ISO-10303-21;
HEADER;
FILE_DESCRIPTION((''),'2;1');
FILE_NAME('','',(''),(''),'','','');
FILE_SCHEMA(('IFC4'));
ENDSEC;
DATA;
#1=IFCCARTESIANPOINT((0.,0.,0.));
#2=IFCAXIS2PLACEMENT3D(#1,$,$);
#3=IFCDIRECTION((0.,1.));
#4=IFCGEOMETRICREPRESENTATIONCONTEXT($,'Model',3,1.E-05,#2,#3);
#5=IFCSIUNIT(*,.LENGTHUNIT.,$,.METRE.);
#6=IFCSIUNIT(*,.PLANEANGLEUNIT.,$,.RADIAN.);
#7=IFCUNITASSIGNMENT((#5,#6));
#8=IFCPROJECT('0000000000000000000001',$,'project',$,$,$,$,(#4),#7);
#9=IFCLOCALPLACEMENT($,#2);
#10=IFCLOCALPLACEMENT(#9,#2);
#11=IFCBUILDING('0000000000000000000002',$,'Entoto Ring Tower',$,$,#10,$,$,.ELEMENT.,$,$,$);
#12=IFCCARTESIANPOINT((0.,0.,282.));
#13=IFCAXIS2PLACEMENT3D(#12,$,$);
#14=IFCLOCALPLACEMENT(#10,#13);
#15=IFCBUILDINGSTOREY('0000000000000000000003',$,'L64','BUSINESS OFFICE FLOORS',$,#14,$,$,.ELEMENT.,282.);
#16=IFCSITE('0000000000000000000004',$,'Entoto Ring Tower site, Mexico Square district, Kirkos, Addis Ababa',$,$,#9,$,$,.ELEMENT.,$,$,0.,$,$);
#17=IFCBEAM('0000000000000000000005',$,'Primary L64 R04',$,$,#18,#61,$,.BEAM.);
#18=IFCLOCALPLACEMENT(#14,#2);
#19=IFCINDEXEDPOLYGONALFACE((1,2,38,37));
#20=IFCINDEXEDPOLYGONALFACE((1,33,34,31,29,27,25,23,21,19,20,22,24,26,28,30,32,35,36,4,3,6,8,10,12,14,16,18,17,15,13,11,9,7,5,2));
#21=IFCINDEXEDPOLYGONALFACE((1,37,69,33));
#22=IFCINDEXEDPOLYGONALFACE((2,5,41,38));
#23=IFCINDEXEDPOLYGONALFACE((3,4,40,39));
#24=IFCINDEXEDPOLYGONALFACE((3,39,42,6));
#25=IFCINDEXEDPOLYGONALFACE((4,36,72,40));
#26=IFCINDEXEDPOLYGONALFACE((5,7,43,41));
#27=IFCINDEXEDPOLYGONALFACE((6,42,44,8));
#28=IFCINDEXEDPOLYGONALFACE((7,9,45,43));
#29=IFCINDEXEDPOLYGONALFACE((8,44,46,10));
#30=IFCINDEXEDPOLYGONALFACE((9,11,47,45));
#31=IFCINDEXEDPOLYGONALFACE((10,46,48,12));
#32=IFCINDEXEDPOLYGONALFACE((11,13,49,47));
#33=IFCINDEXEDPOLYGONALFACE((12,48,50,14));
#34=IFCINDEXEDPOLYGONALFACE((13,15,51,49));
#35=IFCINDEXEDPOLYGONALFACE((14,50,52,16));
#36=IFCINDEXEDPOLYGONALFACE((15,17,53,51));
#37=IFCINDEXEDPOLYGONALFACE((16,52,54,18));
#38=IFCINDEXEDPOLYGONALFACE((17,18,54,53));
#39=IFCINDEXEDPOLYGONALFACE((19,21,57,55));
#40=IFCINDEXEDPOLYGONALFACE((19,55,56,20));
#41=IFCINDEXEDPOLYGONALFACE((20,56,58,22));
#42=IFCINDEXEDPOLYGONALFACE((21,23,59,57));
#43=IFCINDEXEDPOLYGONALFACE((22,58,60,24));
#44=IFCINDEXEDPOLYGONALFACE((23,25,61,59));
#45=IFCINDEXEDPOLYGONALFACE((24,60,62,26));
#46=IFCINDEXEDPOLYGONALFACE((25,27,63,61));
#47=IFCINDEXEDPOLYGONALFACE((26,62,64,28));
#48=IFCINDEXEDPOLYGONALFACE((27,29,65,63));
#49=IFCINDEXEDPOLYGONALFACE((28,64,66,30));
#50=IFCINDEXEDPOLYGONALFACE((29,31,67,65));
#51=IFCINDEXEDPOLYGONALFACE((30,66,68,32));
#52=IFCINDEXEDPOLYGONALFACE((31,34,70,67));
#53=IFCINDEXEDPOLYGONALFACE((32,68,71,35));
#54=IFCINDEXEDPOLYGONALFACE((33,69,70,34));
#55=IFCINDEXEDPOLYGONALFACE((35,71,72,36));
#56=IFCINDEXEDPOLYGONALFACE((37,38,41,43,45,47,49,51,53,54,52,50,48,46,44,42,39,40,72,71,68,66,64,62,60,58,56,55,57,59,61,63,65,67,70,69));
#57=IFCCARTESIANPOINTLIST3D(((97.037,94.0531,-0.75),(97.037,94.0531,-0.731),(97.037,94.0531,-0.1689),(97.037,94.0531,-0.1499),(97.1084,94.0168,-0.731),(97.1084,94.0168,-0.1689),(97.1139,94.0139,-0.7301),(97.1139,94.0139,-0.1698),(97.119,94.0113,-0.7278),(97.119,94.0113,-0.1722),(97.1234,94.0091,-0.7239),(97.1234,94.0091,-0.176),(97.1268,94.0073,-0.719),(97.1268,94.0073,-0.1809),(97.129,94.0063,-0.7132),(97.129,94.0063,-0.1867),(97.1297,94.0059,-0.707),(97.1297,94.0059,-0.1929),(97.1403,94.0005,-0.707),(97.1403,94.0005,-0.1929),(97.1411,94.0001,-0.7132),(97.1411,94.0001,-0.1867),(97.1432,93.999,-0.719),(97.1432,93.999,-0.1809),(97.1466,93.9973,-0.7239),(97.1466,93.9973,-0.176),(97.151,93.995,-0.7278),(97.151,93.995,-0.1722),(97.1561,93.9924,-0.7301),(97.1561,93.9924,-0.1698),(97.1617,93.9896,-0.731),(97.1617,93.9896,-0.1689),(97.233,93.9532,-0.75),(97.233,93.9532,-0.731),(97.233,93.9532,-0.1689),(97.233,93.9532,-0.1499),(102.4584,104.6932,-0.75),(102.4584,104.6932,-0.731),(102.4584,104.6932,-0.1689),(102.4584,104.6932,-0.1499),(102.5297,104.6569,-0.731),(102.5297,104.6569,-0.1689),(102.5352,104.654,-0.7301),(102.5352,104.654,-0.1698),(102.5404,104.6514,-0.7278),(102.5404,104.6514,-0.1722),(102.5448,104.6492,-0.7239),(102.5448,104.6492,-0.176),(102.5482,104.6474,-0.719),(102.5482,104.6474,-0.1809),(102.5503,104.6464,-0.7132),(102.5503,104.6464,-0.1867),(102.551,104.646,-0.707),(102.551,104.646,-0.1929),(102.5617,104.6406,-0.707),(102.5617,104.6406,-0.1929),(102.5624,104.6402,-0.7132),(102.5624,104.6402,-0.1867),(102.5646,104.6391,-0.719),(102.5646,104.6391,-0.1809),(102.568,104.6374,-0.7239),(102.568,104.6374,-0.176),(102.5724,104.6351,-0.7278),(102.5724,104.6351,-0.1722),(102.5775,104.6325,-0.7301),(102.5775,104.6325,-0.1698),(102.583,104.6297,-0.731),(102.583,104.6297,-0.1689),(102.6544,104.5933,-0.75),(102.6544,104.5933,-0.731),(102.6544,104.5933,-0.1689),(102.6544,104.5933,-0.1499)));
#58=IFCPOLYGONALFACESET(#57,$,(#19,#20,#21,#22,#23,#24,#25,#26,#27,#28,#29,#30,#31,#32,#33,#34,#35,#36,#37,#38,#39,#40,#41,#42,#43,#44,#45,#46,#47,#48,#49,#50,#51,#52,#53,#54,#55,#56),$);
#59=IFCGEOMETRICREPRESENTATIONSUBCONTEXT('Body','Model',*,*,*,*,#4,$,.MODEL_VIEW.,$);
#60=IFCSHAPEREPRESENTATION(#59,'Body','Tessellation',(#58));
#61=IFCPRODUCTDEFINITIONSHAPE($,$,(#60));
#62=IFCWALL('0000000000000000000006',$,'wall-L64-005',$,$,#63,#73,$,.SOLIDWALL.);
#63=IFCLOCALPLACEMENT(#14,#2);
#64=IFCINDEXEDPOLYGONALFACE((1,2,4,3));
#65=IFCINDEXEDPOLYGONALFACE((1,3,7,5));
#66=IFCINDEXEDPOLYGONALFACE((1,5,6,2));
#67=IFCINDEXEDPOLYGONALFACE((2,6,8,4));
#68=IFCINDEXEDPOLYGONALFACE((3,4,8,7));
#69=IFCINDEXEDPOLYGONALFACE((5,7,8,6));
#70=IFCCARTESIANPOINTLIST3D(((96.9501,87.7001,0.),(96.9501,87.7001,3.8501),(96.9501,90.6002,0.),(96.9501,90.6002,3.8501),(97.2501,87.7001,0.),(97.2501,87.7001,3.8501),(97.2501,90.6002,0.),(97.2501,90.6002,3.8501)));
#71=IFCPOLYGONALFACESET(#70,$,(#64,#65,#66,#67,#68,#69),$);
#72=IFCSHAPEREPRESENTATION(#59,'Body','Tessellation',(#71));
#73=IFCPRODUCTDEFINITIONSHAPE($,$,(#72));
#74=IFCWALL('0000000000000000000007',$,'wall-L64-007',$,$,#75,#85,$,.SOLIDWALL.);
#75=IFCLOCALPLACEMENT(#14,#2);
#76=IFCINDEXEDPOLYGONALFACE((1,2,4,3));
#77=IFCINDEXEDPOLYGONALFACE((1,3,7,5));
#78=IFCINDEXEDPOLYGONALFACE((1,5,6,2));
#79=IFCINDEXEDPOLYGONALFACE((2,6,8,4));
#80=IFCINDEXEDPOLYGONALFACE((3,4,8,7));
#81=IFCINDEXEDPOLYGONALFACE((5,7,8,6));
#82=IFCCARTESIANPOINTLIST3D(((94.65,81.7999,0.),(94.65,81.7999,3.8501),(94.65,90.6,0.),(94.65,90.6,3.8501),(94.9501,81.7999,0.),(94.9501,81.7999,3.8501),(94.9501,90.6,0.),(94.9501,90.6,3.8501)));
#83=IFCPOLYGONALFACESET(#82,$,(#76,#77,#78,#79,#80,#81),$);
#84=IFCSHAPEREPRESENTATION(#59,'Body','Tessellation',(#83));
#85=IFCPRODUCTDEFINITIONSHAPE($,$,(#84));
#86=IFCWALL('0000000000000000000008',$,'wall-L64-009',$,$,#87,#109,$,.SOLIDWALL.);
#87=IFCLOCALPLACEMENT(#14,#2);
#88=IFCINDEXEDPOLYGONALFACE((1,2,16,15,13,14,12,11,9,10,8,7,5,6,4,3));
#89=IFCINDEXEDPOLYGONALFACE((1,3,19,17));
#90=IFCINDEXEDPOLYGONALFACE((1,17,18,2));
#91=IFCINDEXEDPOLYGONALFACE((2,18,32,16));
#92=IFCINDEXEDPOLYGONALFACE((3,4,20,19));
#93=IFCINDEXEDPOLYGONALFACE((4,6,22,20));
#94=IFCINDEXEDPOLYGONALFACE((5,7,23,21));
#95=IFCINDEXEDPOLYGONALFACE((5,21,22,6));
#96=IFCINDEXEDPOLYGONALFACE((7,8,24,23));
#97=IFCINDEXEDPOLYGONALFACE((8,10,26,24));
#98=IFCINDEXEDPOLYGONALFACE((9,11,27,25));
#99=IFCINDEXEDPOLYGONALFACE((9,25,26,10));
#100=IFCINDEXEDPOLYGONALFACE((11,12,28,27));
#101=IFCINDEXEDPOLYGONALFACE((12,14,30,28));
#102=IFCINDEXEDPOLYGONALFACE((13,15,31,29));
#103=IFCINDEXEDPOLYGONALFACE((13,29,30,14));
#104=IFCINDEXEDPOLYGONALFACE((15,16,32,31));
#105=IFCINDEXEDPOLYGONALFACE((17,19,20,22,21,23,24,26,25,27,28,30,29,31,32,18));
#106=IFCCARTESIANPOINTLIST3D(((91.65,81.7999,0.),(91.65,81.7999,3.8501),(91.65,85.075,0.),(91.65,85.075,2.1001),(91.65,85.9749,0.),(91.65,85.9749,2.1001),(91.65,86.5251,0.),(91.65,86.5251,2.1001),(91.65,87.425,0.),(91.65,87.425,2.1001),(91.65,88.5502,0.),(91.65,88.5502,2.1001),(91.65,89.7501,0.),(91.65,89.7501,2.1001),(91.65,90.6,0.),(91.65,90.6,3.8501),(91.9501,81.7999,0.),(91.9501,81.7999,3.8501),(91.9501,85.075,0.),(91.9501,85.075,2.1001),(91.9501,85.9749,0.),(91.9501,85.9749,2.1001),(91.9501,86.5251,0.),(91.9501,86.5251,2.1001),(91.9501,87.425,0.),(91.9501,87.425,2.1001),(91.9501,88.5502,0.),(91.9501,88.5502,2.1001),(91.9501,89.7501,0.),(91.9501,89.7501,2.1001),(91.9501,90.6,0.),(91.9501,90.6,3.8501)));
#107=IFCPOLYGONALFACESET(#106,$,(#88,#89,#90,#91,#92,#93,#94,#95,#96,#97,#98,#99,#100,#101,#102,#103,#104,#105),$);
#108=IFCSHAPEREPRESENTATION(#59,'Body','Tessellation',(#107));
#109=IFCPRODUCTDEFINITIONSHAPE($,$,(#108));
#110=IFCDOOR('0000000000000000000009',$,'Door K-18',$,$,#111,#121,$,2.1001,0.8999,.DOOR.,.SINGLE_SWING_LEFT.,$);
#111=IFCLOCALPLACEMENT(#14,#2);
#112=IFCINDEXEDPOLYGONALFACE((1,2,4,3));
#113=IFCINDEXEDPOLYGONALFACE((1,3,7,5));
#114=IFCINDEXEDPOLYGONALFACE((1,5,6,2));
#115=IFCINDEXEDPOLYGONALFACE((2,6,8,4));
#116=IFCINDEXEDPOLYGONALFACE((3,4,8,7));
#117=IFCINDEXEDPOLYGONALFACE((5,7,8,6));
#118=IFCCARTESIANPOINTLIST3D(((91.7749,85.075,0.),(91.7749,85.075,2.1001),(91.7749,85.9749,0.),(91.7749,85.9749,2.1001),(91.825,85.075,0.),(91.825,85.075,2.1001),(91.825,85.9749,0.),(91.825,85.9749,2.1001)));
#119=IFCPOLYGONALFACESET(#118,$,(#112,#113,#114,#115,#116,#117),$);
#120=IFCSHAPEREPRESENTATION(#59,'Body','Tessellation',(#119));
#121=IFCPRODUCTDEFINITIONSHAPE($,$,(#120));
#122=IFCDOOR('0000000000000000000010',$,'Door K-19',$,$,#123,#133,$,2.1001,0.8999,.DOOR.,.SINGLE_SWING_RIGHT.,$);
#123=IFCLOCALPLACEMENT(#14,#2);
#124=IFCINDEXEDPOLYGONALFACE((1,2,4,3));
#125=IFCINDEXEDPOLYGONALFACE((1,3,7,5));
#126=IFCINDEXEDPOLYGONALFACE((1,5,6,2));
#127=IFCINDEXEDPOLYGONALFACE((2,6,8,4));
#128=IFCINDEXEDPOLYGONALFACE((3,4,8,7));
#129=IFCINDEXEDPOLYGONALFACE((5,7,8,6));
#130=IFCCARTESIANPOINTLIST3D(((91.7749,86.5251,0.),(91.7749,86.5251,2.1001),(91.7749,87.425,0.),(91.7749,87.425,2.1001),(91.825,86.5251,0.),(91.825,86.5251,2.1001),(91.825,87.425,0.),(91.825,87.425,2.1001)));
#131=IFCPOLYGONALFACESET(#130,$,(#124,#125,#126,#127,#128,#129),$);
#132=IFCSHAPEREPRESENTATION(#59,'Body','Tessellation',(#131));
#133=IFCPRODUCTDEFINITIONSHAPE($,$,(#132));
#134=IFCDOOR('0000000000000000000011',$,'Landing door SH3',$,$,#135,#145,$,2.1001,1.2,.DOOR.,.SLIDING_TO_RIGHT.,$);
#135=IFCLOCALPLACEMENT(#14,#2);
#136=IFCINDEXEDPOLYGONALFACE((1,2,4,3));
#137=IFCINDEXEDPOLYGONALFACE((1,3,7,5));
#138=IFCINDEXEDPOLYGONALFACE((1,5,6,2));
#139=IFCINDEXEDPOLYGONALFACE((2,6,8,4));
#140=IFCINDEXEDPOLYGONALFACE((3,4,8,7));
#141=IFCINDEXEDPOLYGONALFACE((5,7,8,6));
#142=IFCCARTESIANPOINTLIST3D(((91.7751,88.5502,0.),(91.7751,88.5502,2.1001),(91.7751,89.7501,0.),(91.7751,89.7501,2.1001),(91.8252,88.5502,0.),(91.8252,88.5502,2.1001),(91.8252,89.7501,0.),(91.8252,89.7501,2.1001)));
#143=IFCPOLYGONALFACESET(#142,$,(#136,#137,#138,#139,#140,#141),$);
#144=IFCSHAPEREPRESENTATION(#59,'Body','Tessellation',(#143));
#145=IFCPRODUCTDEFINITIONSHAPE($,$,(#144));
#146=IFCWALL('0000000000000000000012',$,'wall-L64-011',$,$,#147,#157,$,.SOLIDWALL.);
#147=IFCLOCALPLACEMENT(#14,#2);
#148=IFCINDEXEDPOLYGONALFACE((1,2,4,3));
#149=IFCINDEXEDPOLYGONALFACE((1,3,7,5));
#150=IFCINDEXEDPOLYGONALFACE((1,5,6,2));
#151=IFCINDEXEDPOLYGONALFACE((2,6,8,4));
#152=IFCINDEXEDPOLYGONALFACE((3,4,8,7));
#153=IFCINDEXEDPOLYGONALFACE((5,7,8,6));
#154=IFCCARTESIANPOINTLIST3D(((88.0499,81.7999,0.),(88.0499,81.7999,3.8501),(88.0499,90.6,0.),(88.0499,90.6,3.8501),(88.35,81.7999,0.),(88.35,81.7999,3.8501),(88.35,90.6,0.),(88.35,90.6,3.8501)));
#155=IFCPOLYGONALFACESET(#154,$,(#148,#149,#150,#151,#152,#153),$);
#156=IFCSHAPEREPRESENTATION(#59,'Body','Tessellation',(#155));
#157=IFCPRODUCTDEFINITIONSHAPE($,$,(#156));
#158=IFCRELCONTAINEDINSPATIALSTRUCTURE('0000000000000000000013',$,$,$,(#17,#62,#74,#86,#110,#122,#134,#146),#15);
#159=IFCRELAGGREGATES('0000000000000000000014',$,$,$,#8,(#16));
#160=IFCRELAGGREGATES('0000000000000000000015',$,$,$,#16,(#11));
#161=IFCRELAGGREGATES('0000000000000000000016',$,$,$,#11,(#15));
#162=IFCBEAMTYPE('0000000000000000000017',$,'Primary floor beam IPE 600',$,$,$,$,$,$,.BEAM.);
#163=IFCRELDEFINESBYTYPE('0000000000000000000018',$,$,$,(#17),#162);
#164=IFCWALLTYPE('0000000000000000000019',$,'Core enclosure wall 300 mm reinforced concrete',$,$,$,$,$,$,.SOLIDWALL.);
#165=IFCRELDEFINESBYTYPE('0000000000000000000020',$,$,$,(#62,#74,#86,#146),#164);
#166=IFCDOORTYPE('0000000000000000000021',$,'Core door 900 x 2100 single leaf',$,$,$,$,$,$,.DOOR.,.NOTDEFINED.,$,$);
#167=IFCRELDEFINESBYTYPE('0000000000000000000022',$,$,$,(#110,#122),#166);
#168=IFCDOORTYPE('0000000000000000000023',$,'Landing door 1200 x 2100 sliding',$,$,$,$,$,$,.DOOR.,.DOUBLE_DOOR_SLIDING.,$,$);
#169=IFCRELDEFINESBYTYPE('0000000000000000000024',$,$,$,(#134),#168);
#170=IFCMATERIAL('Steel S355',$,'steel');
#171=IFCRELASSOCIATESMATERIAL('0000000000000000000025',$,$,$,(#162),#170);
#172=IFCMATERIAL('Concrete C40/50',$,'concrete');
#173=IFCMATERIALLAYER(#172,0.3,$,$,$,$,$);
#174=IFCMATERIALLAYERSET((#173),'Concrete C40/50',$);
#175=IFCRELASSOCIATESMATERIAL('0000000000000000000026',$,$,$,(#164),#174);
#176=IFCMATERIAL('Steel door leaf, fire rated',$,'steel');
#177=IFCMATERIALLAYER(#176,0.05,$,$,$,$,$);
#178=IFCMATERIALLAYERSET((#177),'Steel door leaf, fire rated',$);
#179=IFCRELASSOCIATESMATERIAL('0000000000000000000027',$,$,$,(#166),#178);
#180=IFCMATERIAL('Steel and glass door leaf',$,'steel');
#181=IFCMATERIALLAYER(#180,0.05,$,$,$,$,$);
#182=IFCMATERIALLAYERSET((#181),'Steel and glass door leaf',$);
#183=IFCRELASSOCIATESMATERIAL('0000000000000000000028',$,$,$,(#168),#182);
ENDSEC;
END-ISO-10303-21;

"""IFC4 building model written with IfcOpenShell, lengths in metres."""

from ifc_helpers import new_model, si_unit, direction, frame, frame_2d, origin, origin_2d, place, context, subcontext, project, spatial, rectangle, i_section, extrude, material, layer, layer_set, material_profile, profile_set, type_object, element, fill, save


model = new_model("IFC4")

# Units and contexts
model_context = context("Model", 3, precision=1e-05, world=origin(), true_north=direction((0.0, 1.0)))
body_context = subcontext(model_context, "Body", "Model", "MODEL_VIEW")
ifc_project = project(units=[si_unit("LENGTHUNIT", "METRE"), si_unit("PLANEANGLEUNIT", "RADIAN")], contexts=[model_context])

# Site, building, storey
site_placement = place(None, origin())
site = spatial("IfcSite", under=ifc_project, at=site_placement, Name="Entoto Ring Tower site, Mexico Square district, Kirkos, Addis Ababa", CompositionType="ELEMENT", RefElevation=0.0)
building_placement = place(site_placement, origin())
building = spatial("IfcBuilding", under=site, at=building_placement, Name="Entoto Ring Tower", CompositionType="ELEMENT")
storey_placement = place(building_placement, frame((0.0, 0.0, 282.0)))
storey = spatial("IfcBuildingStorey", under=building, at=storey_placement, Name="L64", Description="BUSINESS OFFICE FLOORS", CompositionType="ELEMENT", Elevation=282.0)

# Beam
ifc_material_1 = material(Name="Steel S355", Category="steel")
ifc_material_profile = material_profile(ifc_material_1, i_section(OverallWidth=0.22, OverallDepth=0.6001, WebThickness=0.012, FlangeThickness=0.019, FilletRadius=0.0239, at=origin_2d()), Name="IPE 600")
ifc_profile_set = profile_set([ifc_material_profile], Name="Steel S355")
beam_type = type_object("IfcBeamType", Name="Primary floor beam IPE 600", PredefinedType="BEAM", material=ifc_profile_set)
beam_placement = place(storey_placement, frame((97.135, 94.0032, -0.45), z_axis=(0.453988, 0.891008, 0.0), x_axis=(-0.891008, 0.453988, 0.0)))
element("IfcBeam", 1, at=beam_placement, inside=storey, type_object=beam_type, Name="Primary L64 R04", PredefinedType="BEAM", context=body_context, shape_type="SweptSolid", body=[
    extrude(i_section(OverallWidth=0.22, OverallDepth=0.6001, WebThickness=0.012, FlangeThickness=0.019, FilletRadius=0.0239, at=origin_2d()), origin(), (0.0, 0.0, 1.0), 11.9417),
])

# Walls
ifc_material_2 = material(Name="Concrete C40/50", Category="concrete")
ifc_layer_1 = layer(ifc_material_2, 0.3)
ifc_layer_set_1 = layer_set([ifc_layer_1], Name="Concrete C40/50")
wall_type = type_object("IfcWallType", Name="Core enclosure wall 300 mm reinforced concrete", PredefinedType="SOLIDWALL", material=ifc_layer_set_1)
wall_1_placement = place(storey_placement, frame((97.1001, 87.7, 0.0), z_axis=(0.0, 0.0, 1.0), x_axis=(0.0, 1.0, 0.0)))
element("IfcWall", 2, at=wall_1_placement, inside=storey, type_object=wall_type, Name="wall-L64-005", PredefinedType="SOLIDWALL", context=body_context, shape_type="SweptSolid", body=[
    extrude(rectangle(XDim=2.9001, YDim=0.3, at=frame_2d((1.4502, 0.0))), origin(), (0.0, 0.0, 1.0), 3.8501),
])
wall_2_placement = place(storey_placement, frame((94.8, 81.8, 0.0), z_axis=(0.0, 0.0, 1.0), x_axis=(0.0, 1.0, 0.0)))
element("IfcWall", 3, at=wall_2_placement, inside=storey, type_object=wall_type, Name="wall-L64-007", PredefinedType="SOLIDWALL", context=body_context, shape_type="SweptSolid", body=[
    extrude(rectangle(XDim=8.8, YDim=0.3, at=frame_2d((4.3999, 0.0))), origin(), (0.0, 0.0, 1.0), 3.8501),
])

# Wall, openings, doors
wall_3_placement = place(storey_placement, frame((91.8, 81.8, 0.0), z_axis=(0.0, 0.0, 1.0), x_axis=(0.0, 1.0, 0.0)))
wall_3 = element("IfcWall", 4, at=wall_3_placement, inside=storey, type_object=wall_type, Name="wall-L64-009", PredefinedType="SOLIDWALL", context=body_context, shape_type="SweptSolid", body=[
    extrude(rectangle(XDim=8.8, YDim=0.3, at=frame_2d((4.3999, 0.0))), origin(), (0.0, 0.0, 1.0), 3.8501),
])
opening_1_placement = place(wall_3_placement, frame((6.75, 0.0, 0.0)))
opening_1 = element("IfcOpeningElement", 5, at=opening_1_placement, cuts=wall_3, PredefinedType="OPENING", context=body_context, shape_type="SweptSolid", body=[
    extrude(rectangle(XDim=1.2, YDim=2.1001, at=frame_2d((0.6001, 1.05))), frame((0.0, 0.1602, 0.0), z_axis=(0.0, -1.0, 0.0), x_axis=(1.0, 0.0, 0.0)), (0.0, 0.0, 1.0), 0.3201),
])
opening_2_placement = place(wall_3_placement, frame((3.2749, 0.0, 0.0)))
opening_2 = element("IfcOpeningElement", 6, at=opening_2_placement, cuts=wall_3, PredefinedType="OPENING", context=body_context, shape_type="SweptSolid", body=[
    extrude(rectangle(XDim=0.8999, YDim=2.1001, at=frame_2d((0.45, 1.05))), frame((0.0, 0.1602, 0.0), z_axis=(0.0, -1.0, 0.0), x_axis=(1.0, 0.0, 0.0)), (0.0, 0.0, 1.0), 0.3201),
])
opening_3_placement = place(wall_3_placement, frame((4.7251, 0.0, 0.0)))
opening_3 = element("IfcOpeningElement", 7, at=opening_3_placement, cuts=wall_3, PredefinedType="OPENING", context=body_context, shape_type="SweptSolid", body=[
    extrude(rectangle(XDim=0.8999, YDim=2.1001, at=frame_2d((0.45, 1.05))), frame((0.0, 0.1602, 0.0), z_axis=(0.0, -1.0, 0.0), x_axis=(1.0, 0.0, 0.0)), (0.0, 0.0, 1.0), 0.3201),
])
ifc_material_3 = material(Name="Steel door leaf, fire rated", Category="steel")
ifc_layer_2 = layer(ifc_material_3, 0.05)
ifc_layer_set_2 = layer_set([ifc_layer_2], Name="Steel door leaf, fire rated")
door_type_1 = type_object("IfcDoorType", Name="Core door 900 x 2100 single leaf", OperationType="NOTDEFINED", PredefinedType="DOOR", material=ifc_layer_set_2)
door_1_placement = place(opening_2_placement, frame((0.8999, 0.0, 0.0), z_axis=(0.0, 0.0, 1.0), x_axis=(-1.0, 0.0, 0.0)))
door_1 = element("IfcDoor", 8, at=door_1_placement, inside=storey, type_object=door_type_1, Name="Door K-18", OperationType="SINGLE_SWING_LEFT", OverallHeight=2.1001, OverallWidth=0.8999, PredefinedType="DOOR", context=body_context, shape_type="SweptSolid", body=[
    extrude(rectangle(XDim=0.8999, YDim=2.1001, at=frame_2d((0.45, 1.05))), frame((0.0, 0.0249, 0.0), z_axis=(0.0, -1.0, 0.0), x_axis=(1.0, 0.0, 0.0)), (0.0, 0.0, 1.0), 0.05),
])
fill(opening_2, door_1)
door_2_placement = place(opening_3_placement, frame((0.8999, 0.0, 0.0), z_axis=(0.0, 0.0, 1.0), x_axis=(-1.0, 0.0, 0.0)))
door_2 = element("IfcDoor", 9, at=door_2_placement, inside=storey, type_object=door_type_1, Name="Door K-19", OperationType="SINGLE_SWING_RIGHT", OverallHeight=2.1001, OverallWidth=0.8999, PredefinedType="DOOR", context=body_context, shape_type="SweptSolid", body=[
    extrude(rectangle(XDim=0.8999, YDim=2.1001, at=frame_2d((0.45, 1.05))), frame((0.0, 0.0249, 0.0), z_axis=(0.0, -1.0, 0.0), x_axis=(1.0, 0.0, 0.0)), (0.0, 0.0, 1.0), 0.05),
])
fill(opening_3, door_2)
ifc_material_4 = material(Name="Steel and glass door leaf", Category="steel")
ifc_layer_3 = layer(ifc_material_4, 0.05)
ifc_layer_set_3 = layer_set([ifc_layer_3], Name="Steel and glass door leaf")
door_type_2 = type_object("IfcDoorType", Name="Landing door 1200 x 2100 sliding", OperationType="DOUBLE_DOOR_SLIDING", PredefinedType="DOOR", material=ifc_layer_set_3)
door_3_placement = place(opening_1_placement, origin())
door_3 = element("IfcDoor", 10, at=door_3_placement, inside=storey, type_object=door_type_2, Name="Landing door SH3", OperationType="SLIDING_TO_RIGHT", OverallHeight=2.1001, OverallWidth=1.2, PredefinedType="DOOR", context=body_context, shape_type="SweptSolid", body=[
    extrude(rectangle(XDim=1.2, YDim=2.1001, at=frame_2d((0.6001, 1.05))), frame((0.0, 0.0249, 0.0), z_axis=(0.0, -1.0, 0.0), x_axis=(1.0, 0.0, 0.0)), (0.0, 0.0, 1.0), 0.05),
])
fill(opening_1, door_3)

# Wall
wall_4_placement = place(storey_placement, frame((88.2, 81.8, 0.0), z_axis=(0.0, 0.0, 1.0), x_axis=(0.0, 1.0, 0.0)))
element("IfcWall", 11, at=wall_4_placement, inside=storey, type_object=wall_type, Name="wall-L64-011", PredefinedType="SOLIDWALL", context=body_context, shape_type="SweptSolid", body=[
    extrude(rectangle(XDim=8.8, YDim=0.3, at=frame_2d((4.3999, 0.0))), origin(), (0.0, 0.0, 1.0), 3.8501),
])

save(model, "model.ifc")
